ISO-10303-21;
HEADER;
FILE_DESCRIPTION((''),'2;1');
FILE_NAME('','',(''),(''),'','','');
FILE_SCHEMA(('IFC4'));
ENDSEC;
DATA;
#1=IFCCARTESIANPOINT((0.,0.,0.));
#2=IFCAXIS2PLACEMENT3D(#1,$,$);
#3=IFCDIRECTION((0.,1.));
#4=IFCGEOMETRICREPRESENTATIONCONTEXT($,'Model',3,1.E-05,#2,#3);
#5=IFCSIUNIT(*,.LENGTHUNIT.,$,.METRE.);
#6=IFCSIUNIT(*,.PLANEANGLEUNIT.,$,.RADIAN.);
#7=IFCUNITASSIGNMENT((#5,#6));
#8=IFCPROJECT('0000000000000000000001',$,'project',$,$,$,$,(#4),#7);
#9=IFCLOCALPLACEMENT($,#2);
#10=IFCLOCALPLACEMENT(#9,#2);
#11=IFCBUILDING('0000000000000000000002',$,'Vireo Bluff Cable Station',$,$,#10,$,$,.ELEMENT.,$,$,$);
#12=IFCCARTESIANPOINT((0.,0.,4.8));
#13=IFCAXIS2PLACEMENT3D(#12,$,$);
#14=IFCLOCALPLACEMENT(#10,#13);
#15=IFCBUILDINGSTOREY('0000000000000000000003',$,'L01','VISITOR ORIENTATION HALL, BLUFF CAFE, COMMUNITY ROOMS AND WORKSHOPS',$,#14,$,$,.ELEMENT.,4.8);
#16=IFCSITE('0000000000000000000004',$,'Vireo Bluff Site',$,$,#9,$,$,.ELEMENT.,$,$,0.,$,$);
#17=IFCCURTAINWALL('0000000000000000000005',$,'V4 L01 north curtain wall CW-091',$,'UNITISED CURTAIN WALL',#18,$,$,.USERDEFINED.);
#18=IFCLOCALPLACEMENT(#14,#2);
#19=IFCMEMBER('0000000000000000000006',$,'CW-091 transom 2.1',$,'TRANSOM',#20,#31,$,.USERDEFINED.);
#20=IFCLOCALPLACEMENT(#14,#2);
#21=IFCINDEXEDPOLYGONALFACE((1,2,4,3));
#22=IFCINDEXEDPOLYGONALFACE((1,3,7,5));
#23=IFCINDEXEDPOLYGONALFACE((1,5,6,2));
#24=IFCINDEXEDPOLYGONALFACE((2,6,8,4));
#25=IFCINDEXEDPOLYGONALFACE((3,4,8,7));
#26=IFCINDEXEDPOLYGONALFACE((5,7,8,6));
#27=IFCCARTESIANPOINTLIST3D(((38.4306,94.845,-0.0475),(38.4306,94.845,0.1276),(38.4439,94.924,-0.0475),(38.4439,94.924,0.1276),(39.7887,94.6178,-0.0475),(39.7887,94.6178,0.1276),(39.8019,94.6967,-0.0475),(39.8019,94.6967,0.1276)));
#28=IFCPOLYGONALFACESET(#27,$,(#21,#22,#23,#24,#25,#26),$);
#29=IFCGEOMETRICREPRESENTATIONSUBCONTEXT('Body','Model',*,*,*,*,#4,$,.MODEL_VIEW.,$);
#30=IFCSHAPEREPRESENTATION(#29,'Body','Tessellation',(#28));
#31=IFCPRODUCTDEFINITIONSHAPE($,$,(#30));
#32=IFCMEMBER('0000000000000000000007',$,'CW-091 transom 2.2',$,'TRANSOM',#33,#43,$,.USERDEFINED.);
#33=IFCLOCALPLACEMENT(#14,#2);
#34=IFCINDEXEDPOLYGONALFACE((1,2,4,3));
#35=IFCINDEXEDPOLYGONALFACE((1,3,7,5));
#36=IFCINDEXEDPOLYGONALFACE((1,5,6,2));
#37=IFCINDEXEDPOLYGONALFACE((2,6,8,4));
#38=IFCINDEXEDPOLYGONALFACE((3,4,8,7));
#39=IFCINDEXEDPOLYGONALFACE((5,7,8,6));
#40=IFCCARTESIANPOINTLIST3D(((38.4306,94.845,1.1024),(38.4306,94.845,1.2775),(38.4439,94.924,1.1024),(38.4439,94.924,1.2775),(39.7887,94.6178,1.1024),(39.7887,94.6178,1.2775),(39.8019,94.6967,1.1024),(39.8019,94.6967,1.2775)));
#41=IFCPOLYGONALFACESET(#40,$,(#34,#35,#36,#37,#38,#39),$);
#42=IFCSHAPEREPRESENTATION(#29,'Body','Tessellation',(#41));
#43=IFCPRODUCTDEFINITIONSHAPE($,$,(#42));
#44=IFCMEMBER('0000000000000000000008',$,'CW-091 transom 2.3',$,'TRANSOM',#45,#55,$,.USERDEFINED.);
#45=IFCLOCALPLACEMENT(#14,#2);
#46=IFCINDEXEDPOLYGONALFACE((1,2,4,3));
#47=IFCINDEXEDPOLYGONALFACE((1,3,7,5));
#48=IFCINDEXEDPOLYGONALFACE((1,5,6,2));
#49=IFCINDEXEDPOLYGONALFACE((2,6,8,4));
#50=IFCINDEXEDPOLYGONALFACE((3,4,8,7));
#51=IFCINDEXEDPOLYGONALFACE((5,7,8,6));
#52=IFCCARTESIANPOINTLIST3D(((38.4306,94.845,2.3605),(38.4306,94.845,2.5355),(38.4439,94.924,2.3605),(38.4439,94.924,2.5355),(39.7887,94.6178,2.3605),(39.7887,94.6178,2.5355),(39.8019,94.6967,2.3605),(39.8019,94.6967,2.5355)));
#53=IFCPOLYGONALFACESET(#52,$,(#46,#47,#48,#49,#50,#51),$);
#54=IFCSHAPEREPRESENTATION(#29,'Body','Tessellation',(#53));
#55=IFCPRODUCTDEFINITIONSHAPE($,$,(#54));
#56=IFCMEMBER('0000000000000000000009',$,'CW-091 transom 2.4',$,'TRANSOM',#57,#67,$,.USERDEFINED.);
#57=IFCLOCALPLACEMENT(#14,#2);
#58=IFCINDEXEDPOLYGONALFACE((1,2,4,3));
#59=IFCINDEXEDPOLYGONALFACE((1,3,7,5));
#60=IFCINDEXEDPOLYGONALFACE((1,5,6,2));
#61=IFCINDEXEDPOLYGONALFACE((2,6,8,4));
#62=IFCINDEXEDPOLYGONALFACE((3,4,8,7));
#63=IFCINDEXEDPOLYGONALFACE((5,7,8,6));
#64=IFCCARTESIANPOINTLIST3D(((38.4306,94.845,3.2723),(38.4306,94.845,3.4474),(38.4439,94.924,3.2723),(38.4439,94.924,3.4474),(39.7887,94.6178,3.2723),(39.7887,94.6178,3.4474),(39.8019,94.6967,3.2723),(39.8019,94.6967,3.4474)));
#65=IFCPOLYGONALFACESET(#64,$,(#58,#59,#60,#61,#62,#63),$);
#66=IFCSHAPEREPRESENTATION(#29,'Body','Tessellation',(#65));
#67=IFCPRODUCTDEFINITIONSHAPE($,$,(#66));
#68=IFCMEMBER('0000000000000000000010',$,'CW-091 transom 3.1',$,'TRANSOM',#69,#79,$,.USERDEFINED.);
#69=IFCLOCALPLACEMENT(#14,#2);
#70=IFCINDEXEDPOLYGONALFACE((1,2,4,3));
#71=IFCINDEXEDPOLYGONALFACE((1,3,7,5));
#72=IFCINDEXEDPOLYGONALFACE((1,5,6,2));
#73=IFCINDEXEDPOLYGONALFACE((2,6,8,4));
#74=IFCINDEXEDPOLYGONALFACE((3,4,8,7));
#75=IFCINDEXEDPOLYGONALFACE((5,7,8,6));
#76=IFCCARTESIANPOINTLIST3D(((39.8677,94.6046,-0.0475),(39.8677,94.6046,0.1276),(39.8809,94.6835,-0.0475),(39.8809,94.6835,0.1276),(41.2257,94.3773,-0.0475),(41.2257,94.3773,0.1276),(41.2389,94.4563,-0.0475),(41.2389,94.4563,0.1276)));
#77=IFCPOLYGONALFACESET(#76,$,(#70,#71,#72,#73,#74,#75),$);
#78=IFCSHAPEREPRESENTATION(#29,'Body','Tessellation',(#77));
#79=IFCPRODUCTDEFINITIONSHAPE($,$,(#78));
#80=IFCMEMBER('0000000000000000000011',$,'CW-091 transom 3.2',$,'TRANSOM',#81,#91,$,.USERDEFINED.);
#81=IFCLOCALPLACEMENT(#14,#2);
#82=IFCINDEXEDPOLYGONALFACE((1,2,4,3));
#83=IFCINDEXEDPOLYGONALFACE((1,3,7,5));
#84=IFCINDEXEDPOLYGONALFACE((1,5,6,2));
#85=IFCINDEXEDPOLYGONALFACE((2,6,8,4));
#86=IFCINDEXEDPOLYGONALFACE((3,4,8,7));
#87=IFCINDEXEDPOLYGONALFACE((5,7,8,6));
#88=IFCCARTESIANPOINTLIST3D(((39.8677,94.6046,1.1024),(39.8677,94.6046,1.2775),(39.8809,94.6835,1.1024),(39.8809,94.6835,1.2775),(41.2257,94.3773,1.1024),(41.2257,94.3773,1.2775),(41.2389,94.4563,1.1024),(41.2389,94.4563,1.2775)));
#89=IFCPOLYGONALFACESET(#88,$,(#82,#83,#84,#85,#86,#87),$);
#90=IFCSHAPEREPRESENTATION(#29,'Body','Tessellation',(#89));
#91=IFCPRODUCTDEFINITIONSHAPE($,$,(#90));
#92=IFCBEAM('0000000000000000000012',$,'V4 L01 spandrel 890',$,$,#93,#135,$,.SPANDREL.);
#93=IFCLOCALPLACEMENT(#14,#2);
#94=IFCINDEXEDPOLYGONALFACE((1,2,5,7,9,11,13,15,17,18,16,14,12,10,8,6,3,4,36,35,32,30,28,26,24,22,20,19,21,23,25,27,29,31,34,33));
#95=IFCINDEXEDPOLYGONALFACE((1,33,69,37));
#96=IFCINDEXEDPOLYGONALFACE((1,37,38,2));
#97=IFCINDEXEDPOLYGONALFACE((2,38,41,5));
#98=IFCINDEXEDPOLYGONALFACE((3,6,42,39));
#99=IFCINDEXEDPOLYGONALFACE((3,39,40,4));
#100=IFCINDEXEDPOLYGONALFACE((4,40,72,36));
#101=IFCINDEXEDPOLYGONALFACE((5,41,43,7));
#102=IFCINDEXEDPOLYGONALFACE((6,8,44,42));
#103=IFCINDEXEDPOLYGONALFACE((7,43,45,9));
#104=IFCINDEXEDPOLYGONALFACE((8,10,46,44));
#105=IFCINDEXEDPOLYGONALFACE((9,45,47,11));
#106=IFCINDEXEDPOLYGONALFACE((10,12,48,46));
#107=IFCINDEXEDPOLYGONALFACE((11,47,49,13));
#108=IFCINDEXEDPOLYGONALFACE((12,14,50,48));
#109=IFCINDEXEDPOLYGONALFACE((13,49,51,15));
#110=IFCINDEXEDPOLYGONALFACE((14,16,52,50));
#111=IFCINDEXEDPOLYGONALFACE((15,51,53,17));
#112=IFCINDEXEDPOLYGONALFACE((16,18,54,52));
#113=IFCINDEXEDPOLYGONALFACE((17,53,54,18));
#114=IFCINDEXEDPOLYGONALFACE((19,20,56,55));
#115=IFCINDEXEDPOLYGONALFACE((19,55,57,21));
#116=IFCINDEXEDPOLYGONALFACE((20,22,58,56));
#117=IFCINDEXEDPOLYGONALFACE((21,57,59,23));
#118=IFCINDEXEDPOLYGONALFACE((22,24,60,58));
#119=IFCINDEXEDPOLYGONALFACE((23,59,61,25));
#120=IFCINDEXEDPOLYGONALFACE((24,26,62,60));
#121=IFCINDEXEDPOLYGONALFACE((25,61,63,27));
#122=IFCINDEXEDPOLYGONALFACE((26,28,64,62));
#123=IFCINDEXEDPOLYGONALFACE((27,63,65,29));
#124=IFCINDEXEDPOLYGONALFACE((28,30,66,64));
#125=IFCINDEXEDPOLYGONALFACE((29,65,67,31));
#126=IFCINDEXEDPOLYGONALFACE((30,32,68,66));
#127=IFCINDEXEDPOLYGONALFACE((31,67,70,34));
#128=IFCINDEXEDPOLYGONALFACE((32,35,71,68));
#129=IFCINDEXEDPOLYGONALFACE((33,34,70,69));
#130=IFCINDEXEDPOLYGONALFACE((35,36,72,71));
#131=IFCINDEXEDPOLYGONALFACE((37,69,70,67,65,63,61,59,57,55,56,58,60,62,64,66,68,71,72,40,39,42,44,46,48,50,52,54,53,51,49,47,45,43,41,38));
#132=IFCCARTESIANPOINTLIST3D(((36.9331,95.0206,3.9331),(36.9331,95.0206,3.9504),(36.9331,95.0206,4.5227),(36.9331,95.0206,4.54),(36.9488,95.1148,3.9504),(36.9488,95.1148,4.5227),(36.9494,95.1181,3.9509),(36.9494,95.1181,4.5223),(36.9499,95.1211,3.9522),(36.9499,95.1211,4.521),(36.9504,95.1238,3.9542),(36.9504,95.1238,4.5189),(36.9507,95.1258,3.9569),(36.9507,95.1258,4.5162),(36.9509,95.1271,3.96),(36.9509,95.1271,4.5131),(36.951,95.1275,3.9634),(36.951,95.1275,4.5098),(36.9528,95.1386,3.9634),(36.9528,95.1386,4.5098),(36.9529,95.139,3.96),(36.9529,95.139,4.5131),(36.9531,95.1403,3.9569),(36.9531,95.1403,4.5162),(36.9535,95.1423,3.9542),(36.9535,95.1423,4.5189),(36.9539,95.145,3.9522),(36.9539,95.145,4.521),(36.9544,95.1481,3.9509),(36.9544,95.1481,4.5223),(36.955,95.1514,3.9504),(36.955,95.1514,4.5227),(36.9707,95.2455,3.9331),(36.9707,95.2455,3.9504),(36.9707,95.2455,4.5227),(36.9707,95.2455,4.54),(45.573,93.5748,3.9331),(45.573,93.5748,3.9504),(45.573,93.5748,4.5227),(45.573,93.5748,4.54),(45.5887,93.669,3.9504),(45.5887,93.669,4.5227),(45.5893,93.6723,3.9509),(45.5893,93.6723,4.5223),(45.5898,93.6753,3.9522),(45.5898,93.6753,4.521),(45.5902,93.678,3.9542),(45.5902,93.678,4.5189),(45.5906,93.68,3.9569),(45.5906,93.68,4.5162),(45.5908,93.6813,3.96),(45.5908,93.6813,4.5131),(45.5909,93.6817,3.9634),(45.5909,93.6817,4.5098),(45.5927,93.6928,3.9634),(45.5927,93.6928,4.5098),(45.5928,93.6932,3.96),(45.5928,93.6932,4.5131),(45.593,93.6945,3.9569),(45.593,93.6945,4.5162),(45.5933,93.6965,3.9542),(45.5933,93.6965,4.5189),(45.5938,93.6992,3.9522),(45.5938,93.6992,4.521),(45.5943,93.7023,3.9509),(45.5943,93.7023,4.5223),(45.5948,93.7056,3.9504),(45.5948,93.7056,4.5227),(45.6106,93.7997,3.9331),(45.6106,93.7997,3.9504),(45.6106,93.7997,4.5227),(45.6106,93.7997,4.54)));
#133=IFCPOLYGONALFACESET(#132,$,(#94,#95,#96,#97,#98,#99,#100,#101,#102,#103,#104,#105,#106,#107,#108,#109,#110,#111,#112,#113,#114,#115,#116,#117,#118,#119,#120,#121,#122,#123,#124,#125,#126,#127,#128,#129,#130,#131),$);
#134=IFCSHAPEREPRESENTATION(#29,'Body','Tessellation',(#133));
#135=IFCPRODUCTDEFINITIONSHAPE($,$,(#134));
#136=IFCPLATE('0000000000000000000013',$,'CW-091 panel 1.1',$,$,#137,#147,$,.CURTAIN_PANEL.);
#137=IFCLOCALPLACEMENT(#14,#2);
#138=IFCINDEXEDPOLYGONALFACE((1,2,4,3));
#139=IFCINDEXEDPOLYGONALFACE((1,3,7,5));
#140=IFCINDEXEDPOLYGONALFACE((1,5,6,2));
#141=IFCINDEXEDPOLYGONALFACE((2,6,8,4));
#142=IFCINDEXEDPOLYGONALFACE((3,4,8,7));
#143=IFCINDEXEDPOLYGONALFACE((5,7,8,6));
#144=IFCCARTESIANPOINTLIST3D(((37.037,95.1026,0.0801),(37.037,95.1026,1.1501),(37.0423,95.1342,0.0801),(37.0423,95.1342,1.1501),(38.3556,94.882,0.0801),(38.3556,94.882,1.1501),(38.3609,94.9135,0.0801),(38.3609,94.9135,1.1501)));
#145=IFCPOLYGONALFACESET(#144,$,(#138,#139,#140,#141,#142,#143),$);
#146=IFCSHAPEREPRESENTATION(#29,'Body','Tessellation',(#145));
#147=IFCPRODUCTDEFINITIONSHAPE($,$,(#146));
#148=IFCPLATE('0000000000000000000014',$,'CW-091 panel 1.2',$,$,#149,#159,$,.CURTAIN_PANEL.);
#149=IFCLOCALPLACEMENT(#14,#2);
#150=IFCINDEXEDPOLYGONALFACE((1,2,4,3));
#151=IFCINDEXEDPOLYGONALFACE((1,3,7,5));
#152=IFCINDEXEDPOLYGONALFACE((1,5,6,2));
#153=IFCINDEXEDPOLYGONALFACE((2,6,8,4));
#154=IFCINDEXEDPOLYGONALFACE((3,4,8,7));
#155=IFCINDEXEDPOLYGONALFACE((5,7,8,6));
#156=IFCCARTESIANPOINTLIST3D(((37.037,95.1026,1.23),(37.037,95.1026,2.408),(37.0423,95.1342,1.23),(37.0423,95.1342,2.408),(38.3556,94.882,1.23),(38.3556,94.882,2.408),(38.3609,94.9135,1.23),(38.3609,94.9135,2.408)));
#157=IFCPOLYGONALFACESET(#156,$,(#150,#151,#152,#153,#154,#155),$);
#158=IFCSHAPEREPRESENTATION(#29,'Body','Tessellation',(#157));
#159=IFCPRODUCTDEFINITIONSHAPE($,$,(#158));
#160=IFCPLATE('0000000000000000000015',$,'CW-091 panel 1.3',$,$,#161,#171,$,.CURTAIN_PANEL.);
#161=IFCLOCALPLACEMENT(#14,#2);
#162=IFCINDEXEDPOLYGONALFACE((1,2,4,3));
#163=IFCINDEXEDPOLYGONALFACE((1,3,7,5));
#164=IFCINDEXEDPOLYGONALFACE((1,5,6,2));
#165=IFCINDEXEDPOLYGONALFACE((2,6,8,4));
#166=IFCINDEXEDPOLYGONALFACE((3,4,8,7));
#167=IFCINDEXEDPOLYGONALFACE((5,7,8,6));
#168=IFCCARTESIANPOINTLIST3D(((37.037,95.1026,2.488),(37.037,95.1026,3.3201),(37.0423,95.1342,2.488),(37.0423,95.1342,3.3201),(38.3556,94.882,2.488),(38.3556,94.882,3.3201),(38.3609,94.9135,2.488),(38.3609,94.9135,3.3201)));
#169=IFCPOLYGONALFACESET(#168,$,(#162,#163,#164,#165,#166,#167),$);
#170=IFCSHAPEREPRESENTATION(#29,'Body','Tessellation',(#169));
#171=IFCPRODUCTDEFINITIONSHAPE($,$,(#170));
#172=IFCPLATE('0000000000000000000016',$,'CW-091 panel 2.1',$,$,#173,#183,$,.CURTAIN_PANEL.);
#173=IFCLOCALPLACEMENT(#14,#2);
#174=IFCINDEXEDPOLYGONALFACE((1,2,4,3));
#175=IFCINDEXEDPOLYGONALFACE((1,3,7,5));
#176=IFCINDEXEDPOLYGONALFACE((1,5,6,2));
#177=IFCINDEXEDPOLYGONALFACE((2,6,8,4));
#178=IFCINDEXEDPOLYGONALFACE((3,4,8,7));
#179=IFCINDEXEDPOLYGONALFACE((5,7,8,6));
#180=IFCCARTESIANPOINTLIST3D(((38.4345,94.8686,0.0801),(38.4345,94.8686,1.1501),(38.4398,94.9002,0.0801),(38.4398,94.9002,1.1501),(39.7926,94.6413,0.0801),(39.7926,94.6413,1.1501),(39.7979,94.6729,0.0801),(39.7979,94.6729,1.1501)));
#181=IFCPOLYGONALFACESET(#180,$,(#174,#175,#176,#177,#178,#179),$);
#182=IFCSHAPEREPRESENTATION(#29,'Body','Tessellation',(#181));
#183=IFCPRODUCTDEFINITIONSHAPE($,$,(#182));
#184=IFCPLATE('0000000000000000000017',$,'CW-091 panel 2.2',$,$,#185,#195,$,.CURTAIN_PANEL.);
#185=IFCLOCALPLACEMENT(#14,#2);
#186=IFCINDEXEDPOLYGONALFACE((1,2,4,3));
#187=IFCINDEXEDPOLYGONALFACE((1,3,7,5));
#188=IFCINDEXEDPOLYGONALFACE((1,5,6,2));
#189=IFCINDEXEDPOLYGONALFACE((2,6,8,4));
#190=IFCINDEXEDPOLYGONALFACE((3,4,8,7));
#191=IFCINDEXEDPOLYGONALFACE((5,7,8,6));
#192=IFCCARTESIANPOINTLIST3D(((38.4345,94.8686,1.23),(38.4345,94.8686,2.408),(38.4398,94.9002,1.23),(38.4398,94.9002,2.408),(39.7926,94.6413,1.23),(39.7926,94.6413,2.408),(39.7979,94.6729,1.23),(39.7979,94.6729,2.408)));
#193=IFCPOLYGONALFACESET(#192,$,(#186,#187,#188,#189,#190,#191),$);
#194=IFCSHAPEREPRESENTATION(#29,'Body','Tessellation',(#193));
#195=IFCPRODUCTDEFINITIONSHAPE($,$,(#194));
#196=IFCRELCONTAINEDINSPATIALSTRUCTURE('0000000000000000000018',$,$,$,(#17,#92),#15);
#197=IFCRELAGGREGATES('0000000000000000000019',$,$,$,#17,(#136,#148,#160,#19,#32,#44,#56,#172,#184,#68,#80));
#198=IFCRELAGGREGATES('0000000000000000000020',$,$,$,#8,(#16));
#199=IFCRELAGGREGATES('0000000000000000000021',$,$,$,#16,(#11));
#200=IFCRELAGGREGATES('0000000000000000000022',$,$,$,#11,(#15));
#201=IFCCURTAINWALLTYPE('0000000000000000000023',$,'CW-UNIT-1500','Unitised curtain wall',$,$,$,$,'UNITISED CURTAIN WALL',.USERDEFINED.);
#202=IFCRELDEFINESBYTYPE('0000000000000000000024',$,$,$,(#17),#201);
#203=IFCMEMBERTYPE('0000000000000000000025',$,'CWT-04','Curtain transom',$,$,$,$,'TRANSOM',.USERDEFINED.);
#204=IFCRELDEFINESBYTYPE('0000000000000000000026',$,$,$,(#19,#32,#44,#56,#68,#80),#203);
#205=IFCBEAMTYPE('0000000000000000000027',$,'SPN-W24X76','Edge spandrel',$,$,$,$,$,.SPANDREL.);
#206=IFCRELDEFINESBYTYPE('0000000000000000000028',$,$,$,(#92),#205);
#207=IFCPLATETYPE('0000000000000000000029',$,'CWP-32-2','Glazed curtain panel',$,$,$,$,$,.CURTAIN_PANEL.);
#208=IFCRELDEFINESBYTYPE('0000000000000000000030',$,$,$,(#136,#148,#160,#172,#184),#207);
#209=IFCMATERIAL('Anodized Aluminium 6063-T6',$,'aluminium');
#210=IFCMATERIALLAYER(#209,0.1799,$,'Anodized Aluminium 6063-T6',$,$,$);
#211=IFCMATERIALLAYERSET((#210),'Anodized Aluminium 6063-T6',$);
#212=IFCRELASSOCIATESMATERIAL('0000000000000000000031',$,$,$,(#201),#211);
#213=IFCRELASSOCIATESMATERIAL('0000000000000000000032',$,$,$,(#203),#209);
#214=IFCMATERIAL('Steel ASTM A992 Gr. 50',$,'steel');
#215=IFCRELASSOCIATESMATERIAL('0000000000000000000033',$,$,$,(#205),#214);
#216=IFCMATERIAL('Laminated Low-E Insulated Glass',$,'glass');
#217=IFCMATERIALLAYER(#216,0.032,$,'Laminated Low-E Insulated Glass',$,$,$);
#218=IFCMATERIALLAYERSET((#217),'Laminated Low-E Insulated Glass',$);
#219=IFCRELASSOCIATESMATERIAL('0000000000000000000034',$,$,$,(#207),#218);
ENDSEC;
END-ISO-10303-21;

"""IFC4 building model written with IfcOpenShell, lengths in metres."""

from ifc_helpers import new_model, si_unit, direction, frame, origin, origin_2d, place, context, subcontext, project, spatial, rectangle, i_section, extrude, material, layer, layer_set, material_profile, profile_set, type_object, element, aggregate, save


model = new_model("IFC4")

# Units and contexts
model_context = context("Model", 3, precision=1e-05, world=origin(), true_north=direction((0.0, 1.0)))
body_context = subcontext(model_context, "Body", "Model", "MODEL_VIEW")
ifc_project = project(units=[si_unit("LENGTHUNIT", "METRE"), si_unit("PLANEANGLEUNIT", "RADIAN")], contexts=[model_context])

# Site, building, storey
site_placement = place(None, origin())
site = spatial("IfcSite", under=ifc_project, at=site_placement, Name="Vireo Bluff Site", CompositionType="ELEMENT", RefElevation=0.0)
building_placement = place(site_placement, origin())
building = spatial("IfcBuilding", under=site, at=building_placement, Name="Vireo Bluff Cable Station", CompositionType="ELEMENT")
storey_placement = place(building_placement, frame((0.0, 0.0, 4.8)))
storey = spatial("IfcBuildingStorey", under=building, at=storey_placement, Name="L01", Description="VISITOR ORIENTATION HALL, BLUFF CAFE, COMMUNITY ROOMS AND WORKSHOPS", CompositionType="ELEMENT", Elevation=4.8)

# Shared definitions
ifc_material_1 = material(Name="Steel ASTM A992 Gr. 50", Category="steel")

# Curtain wall, members
ifc_material_2 = material(Name="Anodized Aluminium 6063-T6", Category="aluminium")
ifc_layer_1 = layer(ifc_material_2, 0.1799, Name="Anodized Aluminium 6063-T6")
ifc_layer_set_1 = layer_set([ifc_layer_1], Name="Anodized Aluminium 6063-T6")
curtain_wall_type = type_object("IfcCurtainWallType", Name="CW-UNIT-1500", Description="Unitised curtain wall", ElementType="UNITISED CURTAIN WALL", PredefinedType="USERDEFINED", material=ifc_layer_set_1)
curtain_wall_placement = place(storey_placement, origin())
curtain_wall = element("IfcCurtainWall", 1, at=curtain_wall_placement, inside=storey, type_object=curtain_wall_type, Name="V4 L01 north curtain wall CW-091", ObjectType="UNITISED CURTAIN WALL", PredefinedType="USERDEFINED")
ifc_material_profile_1 = material_profile(ifc_material_2, rectangle(XDim=0.0801, YDim=0.175, at=origin_2d()), Name="ALU-T-80X175")
ifc_profile_set_1 = profile_set([ifc_material_profile_1], Name="Anodized Aluminium 6063-T6")
member_type_1 = type_object("IfcMemberType", Name="CWT-04", Description="Curtain transom", ElementType="TRANSOM", PredefinedType="USERDEFINED", material=ifc_profile_set_1)
member_1_placement = place(storey_placement, frame((38.4373, 94.8845, 0.04), z_axis=(0.986283, -0.16506, 0.0), x_axis=(0.16506, 0.986283, 0.0)))
member_1 = element("IfcMember", 2, at=member_1_placement, type_object=member_type_1, Name="CW-091 transom 2.1", ObjectType="TRANSOM", PredefinedType="USERDEFINED", context=body_context, shape_type="SweptSolid", body=[
    extrude(rectangle(XDim=0.0801, YDim=0.175, at=origin_2d()), origin(), (0.0, 0.0, 1.0), 1.377),
])
member_2_placement = place(storey_placement, frame((38.4373, 94.8845, 1.1899), z_axis=(0.986283, -0.16506, 0.0), x_axis=(0.16506, 0.986283, 0.0)))
member_2 = element("IfcMember", 3, at=member_2_placement, type_object=member_type_1, Name="CW-091 transom 2.2", ObjectType="TRANSOM", PredefinedType="USERDEFINED", context=body_context, shape_type="SweptSolid", body=[
    extrude(rectangle(XDim=0.0801, YDim=0.175, at=origin_2d()), origin(), (0.0, 0.0, 1.0), 1.377),
])
member_3_placement = place(storey_placement, frame((38.4373, 94.8845, 2.448), z_axis=(0.986283, -0.16506, 0.0), x_axis=(0.16506, 0.986283, 0.0)))
member_3 = element("IfcMember", 4, at=member_3_placement, type_object=member_type_1, Name="CW-091 transom 2.3", ObjectType="TRANSOM", PredefinedType="USERDEFINED", context=body_context, shape_type="SweptSolid", body=[
    extrude(rectangle(XDim=0.0801, YDim=0.175, at=origin_2d()), origin(), (0.0, 0.0, 1.0), 1.377),
])
member_4_placement = place(storey_placement, frame((38.4373, 94.8845, 3.3599), z_axis=(0.986283, -0.16506, 0.0), x_axis=(0.16506, 0.986283, 0.0)))
member_4 = element("IfcMember", 5, at=member_4_placement, type_object=member_type_1, Name="CW-091 transom 2.4", ObjectType="TRANSOM", PredefinedType="USERDEFINED", context=body_context, shape_type="SweptSolid", body=[
    extrude(rectangle(XDim=0.0801, YDim=0.175, at=origin_2d()), origin(), (0.0, 0.0, 1.0), 1.377),
])
member_5_placement = place(storey_placement, frame((39.8743, 94.644, 0.04), z_axis=(0.986283, -0.16506, 0.0), x_axis=(0.16506, 0.986283, 0.0)))
member_5 = element("IfcMember", 6, at=member_5_placement, type_object=member_type_1, Name="CW-091 transom 3.1", ObjectType="TRANSOM", PredefinedType="USERDEFINED", context=body_context, shape_type="SweptSolid", body=[
    extrude(rectangle(XDim=0.0801, YDim=0.175, at=origin_2d()), origin(), (0.0, 0.0, 1.0), 1.377),
])
member_6_placement = place(storey_placement, frame((39.8743, 94.644, 1.1899), z_axis=(0.986283, -0.16506, 0.0), x_axis=(0.16506, 0.986283, 0.0)))
member_6 = element("IfcMember", 7, at=member_6_placement, type_object=member_type_1, Name="CW-091 transom 3.2", ObjectType="TRANSOM", PredefinedType="USERDEFINED", context=body_context, shape_type="SweptSolid", body=[
    extrude(rectangle(XDim=0.0801, YDim=0.175, at=origin_2d()), origin(), (0.0, 0.0, 1.0), 1.377),
])

# Beam
ifc_material_profile_2 = material_profile(ifc_material_1, i_section(OverallWidth=0.228, OverallDepth=0.6069, WebThickness=0.0112, FlangeThickness=0.0173, FilletRadius=0.0129, at=origin_2d()), Name="W24X76")
ifc_profile_set_2 = profile_set([ifc_material_profile_2], Name="Steel ASTM A992 Gr. 50")
beam_type = type_object("IfcBeamType", Name="SPN-W24X76", Description="Edge spandrel", PredefinedType="SPANDREL", material=ifc_profile_set_2)
beam_placement = place(storey_placement, frame((36.9519, 95.1331, 4.2366), z_axis=(0.986286, -0.165045, 0.0), x_axis=(0.165045, 0.986286, 0.0)))
element("IfcBeam", 8, at=beam_placement, inside=storey, type_object=beam_type, Name="V4 L01 spandrel 890", PredefinedType="SPANDREL", context=body_context, shape_type="SweptSolid", body=[
    extrude(i_section(OverallWidth=0.228, OverallDepth=0.6069, WebThickness=0.0112, FlangeThickness=0.0173, FilletRadius=0.0129, at=origin_2d()), origin(), (0.0, 0.0, 1.0), 8.76),
])

# Plates
ifc_material_3 = material(Name="Laminated Low-E Insulated Glass", Category="glass")
ifc_layer_2 = layer(ifc_material_3, 0.032, Name="Laminated Low-E Insulated Glass")
ifc_layer_set_2 = layer_set([ifc_layer_2], Name="Laminated Low-E Insulated Glass")
plate_type_1 = type_object("IfcPlateType", Name="CWP-32-2", Description="Glazed curtain panel", PredefinedType="CURTAIN_PANEL", material=ifc_layer_set_2)
plate_1_placement = place(storey_placement, frame((37.699, 95.0081, 0.0801), z_axis=(0.0, 0.0, 1.0), x_axis=(0.986286, -0.165048, 0.0)))
plate_1 = element("IfcPlate", 9, at=plate_1_placement, type_object=plate_type_1, Name="CW-091 panel 1.1", PredefinedType="CURTAIN_PANEL", context=body_context, shape_type="SweptSolid", body=[
    extrude(rectangle(XDim=1.3369, YDim=0.032, at=origin_2d()), origin(), (0.0, 0.0, 1.0), 1.0701),
])
plate_2_placement = place(storey_placement, frame((37.699, 95.0081, 1.23), z_axis=(0.0, 0.0, 1.0), x_axis=(0.986286, -0.165048, 0.0)))
plate_2 = element("IfcPlate", 10, at=plate_2_placement, type_object=plate_type_1, Name="CW-091 panel 1.2", PredefinedType="CURTAIN_PANEL", context=body_context, shape_type="SweptSolid", body=[
    extrude(rectangle(XDim=1.3369, YDim=0.032, at=origin_2d()), origin(), (0.0, 0.0, 1.0), 1.178),
])
plate_3_placement = place(storey_placement, frame((37.699, 95.0081, 2.488), z_axis=(0.0, 0.0, 1.0), x_axis=(0.986286, -0.165048, 0.0)))
plate_3 = element("IfcPlate", 11, at=plate_3_placement, type_object=plate_type_1, Name="CW-091 panel 1.3", PredefinedType="CURTAIN_PANEL", context=body_context, shape_type="SweptSolid", body=[
    extrude(rectangle(XDim=1.3369, YDim=0.032, at=origin_2d()), origin(), (0.0, 0.0, 1.0), 0.832),
])
plate_4_placement = place(storey_placement, frame((39.1162, 94.7708, 0.0801), z_axis=(0.0, 0.0, 1.0), x_axis=(0.986286, -0.165048, 0.0)))
plate_4 = element("IfcPlate", 12, at=plate_4_placement, type_object=plate_type_1, Name="CW-091 panel 2.1", PredefinedType="CURTAIN_PANEL", context=body_context, shape_type="SweptSolid", body=[
    extrude(rectangle(XDim=1.377, YDim=0.032, at=origin_2d()), origin(), (0.0, 0.0, 1.0), 1.0701),
])
plate_5_placement = place(storey_placement, frame((39.1162, 94.7708, 1.23), z_axis=(0.0, 0.0, 1.0), x_axis=(0.986286, -0.165048, 0.0)))
plate_5 = element("IfcPlate", 13, at=plate_5_placement, type_object=plate_type_1, Name="CW-091 panel 2.2", PredefinedType="CURTAIN_PANEL", context=body_context, shape_type="SweptSolid", body=[
    extrude(rectangle(XDim=1.377, YDim=0.032, at=origin_2d()), origin(), (0.0, 0.0, 1.0), 1.178),
])
aggregate(curtain_wall, [plate_1, plate_2, plate_3, member_1, member_2, member_3, member_4, plate_4, plate_5, member_5, member_6])

save(model, "model.ifc")
